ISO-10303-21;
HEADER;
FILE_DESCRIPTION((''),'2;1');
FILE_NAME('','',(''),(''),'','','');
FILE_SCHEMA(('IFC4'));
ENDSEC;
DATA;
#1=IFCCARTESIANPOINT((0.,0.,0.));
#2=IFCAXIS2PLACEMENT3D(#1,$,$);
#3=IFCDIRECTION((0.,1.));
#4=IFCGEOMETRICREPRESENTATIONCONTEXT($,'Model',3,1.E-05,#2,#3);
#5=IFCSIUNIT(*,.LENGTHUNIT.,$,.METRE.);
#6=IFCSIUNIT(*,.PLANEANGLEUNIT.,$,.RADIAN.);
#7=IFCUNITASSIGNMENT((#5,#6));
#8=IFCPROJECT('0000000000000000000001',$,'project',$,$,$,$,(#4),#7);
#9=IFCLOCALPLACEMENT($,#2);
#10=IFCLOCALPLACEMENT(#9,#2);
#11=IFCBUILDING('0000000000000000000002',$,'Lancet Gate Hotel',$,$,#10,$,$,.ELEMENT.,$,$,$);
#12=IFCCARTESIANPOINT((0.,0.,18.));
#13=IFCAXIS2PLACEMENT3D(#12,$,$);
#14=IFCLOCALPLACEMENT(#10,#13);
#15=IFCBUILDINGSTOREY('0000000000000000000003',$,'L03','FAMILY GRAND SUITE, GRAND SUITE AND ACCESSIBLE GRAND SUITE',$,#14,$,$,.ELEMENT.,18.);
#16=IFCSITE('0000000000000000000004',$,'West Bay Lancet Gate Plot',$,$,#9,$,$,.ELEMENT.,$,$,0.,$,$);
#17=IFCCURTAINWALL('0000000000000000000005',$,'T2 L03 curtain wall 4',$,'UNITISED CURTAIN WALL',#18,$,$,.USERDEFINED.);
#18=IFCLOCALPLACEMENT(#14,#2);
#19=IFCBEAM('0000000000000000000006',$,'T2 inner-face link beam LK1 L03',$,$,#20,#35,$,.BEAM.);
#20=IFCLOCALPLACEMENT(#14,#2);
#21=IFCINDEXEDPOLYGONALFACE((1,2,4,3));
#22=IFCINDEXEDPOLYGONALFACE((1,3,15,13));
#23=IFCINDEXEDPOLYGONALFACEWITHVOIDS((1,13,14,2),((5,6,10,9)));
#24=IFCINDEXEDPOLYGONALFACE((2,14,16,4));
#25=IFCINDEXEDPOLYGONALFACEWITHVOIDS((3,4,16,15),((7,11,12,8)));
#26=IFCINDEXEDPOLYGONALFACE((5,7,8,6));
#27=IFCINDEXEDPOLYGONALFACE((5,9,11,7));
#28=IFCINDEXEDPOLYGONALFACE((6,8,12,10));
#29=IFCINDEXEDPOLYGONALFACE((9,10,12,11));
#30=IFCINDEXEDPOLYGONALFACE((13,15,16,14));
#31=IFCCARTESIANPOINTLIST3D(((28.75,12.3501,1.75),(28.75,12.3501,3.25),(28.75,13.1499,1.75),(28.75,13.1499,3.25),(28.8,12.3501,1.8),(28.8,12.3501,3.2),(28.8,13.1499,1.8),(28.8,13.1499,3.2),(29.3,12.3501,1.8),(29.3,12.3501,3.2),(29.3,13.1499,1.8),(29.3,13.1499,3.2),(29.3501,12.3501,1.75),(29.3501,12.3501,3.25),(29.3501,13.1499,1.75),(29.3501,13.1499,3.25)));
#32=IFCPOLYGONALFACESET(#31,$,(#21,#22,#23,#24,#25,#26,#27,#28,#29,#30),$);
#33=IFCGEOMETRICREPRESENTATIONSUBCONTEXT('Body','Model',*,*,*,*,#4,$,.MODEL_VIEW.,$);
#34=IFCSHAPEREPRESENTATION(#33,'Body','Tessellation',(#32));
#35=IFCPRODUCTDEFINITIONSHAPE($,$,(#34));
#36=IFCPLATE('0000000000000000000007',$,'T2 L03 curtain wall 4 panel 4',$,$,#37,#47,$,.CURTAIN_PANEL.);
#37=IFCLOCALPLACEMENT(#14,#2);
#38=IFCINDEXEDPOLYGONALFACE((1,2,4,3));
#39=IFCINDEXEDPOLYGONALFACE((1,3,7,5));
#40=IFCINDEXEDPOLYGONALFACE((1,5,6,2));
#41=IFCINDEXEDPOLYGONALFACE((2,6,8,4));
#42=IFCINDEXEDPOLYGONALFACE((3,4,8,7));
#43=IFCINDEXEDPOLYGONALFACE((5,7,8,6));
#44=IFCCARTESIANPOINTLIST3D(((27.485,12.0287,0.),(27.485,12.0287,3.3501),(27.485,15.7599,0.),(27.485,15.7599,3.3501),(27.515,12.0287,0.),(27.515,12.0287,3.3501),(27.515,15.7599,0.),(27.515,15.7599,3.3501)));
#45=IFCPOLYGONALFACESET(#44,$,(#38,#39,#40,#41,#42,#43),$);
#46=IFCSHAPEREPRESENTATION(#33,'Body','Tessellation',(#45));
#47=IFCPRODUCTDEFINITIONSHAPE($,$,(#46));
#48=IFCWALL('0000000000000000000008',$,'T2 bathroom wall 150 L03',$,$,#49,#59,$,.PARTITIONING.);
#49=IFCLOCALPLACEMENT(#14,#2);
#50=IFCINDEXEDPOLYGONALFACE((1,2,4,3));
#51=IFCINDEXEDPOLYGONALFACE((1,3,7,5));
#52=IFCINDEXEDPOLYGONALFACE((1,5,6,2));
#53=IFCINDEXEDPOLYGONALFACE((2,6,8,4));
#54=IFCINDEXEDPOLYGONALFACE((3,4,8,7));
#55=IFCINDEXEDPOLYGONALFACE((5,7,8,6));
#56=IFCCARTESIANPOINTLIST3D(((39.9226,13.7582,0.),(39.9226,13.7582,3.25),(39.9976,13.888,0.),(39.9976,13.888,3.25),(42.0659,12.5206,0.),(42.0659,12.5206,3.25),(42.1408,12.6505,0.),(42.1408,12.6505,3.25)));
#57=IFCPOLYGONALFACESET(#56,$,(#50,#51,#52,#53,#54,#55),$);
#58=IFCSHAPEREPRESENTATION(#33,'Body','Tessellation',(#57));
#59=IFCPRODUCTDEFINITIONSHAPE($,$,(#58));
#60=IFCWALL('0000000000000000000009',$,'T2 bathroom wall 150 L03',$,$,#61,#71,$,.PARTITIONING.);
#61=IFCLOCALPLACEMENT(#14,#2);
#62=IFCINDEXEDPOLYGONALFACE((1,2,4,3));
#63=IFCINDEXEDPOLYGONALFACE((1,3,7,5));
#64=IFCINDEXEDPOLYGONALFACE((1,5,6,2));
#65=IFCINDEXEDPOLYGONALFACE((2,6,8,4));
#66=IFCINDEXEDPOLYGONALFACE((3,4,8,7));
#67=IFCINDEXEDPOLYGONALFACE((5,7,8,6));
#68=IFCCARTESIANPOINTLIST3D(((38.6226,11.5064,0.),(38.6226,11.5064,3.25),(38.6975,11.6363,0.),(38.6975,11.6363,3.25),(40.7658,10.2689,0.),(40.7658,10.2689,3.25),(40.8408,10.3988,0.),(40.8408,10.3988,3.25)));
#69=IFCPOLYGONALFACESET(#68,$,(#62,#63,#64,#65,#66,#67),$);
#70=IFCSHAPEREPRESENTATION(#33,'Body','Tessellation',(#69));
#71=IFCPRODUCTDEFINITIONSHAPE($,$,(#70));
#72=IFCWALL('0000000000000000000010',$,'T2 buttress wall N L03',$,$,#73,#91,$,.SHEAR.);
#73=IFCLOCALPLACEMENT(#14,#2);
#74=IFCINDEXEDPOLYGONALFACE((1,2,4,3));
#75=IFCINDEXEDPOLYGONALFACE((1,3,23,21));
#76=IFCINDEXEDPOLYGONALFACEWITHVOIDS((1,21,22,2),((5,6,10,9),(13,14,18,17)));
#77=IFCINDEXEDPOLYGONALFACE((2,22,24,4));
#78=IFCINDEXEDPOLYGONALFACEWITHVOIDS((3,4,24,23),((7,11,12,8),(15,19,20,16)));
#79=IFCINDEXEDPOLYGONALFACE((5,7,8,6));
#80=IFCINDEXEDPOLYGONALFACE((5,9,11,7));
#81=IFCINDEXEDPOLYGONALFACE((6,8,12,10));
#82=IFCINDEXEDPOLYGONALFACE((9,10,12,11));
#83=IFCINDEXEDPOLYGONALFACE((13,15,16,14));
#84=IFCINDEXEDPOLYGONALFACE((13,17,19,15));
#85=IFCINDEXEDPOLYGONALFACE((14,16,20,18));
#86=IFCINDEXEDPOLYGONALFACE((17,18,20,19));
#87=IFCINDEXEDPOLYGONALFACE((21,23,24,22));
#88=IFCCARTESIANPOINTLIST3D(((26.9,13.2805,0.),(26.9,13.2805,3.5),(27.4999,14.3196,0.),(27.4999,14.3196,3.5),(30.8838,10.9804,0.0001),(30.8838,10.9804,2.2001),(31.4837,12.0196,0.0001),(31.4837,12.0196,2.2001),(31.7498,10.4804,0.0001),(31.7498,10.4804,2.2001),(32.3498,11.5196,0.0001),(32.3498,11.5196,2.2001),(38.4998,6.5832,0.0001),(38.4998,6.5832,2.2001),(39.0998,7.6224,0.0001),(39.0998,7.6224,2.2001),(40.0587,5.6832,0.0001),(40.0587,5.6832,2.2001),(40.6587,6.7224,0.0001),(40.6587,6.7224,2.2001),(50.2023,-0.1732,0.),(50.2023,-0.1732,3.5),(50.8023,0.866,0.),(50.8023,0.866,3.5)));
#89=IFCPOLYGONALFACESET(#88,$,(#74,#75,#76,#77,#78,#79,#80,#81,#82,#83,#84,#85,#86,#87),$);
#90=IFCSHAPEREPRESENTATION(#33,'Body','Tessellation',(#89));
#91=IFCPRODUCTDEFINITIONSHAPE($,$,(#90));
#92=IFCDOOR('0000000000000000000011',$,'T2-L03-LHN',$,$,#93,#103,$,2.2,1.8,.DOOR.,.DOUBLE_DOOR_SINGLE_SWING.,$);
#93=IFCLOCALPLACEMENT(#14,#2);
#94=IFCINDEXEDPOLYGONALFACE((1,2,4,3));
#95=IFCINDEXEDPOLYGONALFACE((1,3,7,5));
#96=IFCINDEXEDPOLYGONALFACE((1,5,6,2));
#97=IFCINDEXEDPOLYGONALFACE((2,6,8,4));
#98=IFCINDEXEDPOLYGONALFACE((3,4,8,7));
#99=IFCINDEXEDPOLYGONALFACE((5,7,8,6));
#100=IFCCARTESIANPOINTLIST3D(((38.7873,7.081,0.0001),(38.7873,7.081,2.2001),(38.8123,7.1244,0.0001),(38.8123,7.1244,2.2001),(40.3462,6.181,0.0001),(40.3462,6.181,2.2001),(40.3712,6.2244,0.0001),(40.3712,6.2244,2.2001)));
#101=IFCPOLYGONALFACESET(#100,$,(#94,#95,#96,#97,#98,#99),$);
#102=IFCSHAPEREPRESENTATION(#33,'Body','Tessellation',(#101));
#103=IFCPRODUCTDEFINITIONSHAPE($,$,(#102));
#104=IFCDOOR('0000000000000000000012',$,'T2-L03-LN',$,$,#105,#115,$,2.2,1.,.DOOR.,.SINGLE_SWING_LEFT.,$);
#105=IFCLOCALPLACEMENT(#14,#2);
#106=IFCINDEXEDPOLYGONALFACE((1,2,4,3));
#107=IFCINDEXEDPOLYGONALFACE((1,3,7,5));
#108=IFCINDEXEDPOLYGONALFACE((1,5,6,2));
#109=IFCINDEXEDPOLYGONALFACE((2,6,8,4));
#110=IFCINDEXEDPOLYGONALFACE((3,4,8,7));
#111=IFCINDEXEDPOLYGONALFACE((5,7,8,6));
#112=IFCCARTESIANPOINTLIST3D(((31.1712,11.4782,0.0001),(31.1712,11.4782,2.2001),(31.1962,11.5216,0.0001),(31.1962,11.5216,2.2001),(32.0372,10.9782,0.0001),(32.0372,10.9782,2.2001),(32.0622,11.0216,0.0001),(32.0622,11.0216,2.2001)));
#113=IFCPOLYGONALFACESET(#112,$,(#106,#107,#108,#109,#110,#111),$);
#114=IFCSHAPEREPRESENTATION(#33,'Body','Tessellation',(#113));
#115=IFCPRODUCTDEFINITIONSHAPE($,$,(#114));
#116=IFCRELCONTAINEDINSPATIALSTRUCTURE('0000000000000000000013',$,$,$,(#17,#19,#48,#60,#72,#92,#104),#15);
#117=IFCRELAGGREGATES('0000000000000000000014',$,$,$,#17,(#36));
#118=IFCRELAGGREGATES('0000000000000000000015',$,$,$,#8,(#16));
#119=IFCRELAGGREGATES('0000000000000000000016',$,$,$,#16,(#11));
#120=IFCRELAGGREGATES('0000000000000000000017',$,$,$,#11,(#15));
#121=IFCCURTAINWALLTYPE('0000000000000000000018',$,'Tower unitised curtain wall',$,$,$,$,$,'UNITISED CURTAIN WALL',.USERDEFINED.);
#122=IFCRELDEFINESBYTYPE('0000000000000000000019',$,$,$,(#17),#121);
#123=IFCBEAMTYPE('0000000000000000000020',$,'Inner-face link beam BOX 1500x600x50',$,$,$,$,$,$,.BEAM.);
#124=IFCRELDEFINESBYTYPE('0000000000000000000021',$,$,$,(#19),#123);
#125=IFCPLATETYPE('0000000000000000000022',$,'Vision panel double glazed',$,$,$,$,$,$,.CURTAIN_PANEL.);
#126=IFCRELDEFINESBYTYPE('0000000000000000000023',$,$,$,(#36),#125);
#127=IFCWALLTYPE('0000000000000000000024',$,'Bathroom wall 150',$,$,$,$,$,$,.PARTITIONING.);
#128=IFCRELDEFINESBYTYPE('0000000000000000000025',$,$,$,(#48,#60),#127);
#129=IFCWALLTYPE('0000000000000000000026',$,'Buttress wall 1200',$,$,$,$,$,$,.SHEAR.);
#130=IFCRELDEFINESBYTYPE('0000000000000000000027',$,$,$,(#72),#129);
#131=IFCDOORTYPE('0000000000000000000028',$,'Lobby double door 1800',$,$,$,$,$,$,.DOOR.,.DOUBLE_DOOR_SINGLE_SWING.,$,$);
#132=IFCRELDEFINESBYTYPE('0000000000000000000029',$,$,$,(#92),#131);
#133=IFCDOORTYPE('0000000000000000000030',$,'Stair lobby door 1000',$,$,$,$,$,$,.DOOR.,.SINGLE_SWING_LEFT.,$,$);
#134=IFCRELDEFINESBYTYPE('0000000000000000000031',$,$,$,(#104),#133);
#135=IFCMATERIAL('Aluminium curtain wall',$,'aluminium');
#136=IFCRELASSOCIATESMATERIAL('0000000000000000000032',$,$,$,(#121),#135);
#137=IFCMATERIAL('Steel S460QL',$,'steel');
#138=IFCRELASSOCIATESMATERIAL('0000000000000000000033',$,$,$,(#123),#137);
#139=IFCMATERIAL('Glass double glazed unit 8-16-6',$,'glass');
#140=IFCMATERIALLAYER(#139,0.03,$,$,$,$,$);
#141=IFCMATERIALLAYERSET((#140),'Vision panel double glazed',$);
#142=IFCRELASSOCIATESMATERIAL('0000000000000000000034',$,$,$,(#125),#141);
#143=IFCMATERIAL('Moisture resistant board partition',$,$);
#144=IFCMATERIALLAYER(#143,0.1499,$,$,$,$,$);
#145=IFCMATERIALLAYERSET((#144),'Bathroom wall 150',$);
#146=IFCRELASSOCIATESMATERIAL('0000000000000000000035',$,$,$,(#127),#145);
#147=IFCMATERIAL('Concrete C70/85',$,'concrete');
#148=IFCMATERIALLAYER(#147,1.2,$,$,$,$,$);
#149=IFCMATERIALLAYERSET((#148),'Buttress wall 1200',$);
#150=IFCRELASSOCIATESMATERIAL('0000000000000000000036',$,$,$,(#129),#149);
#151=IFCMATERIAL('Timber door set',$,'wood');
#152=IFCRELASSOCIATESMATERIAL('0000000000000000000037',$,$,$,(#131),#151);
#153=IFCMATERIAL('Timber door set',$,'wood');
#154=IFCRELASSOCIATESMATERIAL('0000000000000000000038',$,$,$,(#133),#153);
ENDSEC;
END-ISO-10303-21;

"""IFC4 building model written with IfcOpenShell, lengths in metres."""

from ifc_helpers import new_model, si_unit, direction, frame, frame_2d, origin, origin_2d, place, context, subcontext, project, spatial, rectangle, hollow_rectangle, extrude, material, layer, layer_set, material_profile, profile_set, type_object, element, fill, aggregate, save


model = new_model("IFC4")

# Units and contexts
model_context = context("Model", 3, precision=1e-05, world=origin(), true_north=direction((0.0, 1.0)))
body_context = subcontext(model_context, "Body", "Model", "MODEL_VIEW")
ifc_project = project(units=[si_unit("LENGTHUNIT", "METRE"), si_unit("PLANEANGLEUNIT", "RADIAN")], contexts=[model_context])

# Site, building, storey
site_placement = place(None, origin())
site = spatial("IfcSite", under=ifc_project, at=site_placement, Name="West Bay Lancet Gate Plot", CompositionType="ELEMENT", RefElevation=0.0)
building_placement = place(site_placement, origin())
building = spatial("IfcBuilding", under=site, at=building_placement, Name="Lancet Gate Hotel", CompositionType="ELEMENT")
storey_placement = place(building_placement, frame((0.0, 0.0, 18.0)))
storey = spatial("IfcBuildingStorey", under=building, at=storey_placement, Name="L03", Description="FAMILY GRAND SUITE, GRAND SUITE AND ACCESSIBLE GRAND SUITE", CompositionType="ELEMENT", Elevation=18.0)

# Curtain wall
ifc_material_1 = material(Name="Aluminium curtain wall", Category="aluminium")
curtain_wall_type = type_object("IfcCurtainWallType", Name="Tower unitised curtain wall", ElementType="UNITISED CURTAIN WALL", PredefinedType="USERDEFINED", material=ifc_material_1)
curtain_wall_placement = place(storey_placement, origin())
curtain_wall = element("IfcCurtainWall", 1, at=curtain_wall_placement, inside=storey, type_object=curtain_wall_type, Name="T2 L03 curtain wall 4", ObjectType="UNITISED CURTAIN WALL", PredefinedType="USERDEFINED")

# Beam
ifc_material_2 = material(Name="Steel S460QL", Category="steel")
ifc_material_profile_1 = material_profile(ifc_material_2, hollow_rectangle(XDim=0.6001, YDim=1.5, WallThickness=0.05, at=origin_2d()), Name="BOX 1500x600x50")
ifc_profile_set_1 = profile_set([ifc_material_profile_1], Name="Steel S460QL")
beam_type_1 = type_object("IfcBeamType", Name="Inner-face link beam BOX 1500x600x50", PredefinedType="BEAM", material=ifc_profile_set_1)
beam_1_placement = place(storey_placement, frame((29.05, 12.3501, 2.5), z_axis=(0.0, 1.0, 0.0), x_axis=(-1.0, 0.0, 0.0)))
element("IfcBeam", 2, at=beam_1_placement, inside=storey, type_object=beam_type_1, Name="T2 inner-face link beam LK1 L03", PredefinedType="BEAM", context=body_context, shape_type="SweptSolid", body=[
    extrude(hollow_rectangle(XDim=0.6001, YDim=1.5, WallThickness=0.05, at=origin_2d()), origin(), (0.0, 0.0, 1.0), 0.7998),
])

# Plate
ifc_material_3 = material(Name="Glass double glazed unit 8-16-6", Category="glass")
ifc_layer_1 = layer(ifc_material_3, 0.03)
ifc_layer_set_1 = layer_set([ifc_layer_1], Name="Vision panel double glazed")
plate_type = type_object("IfcPlateType", Name="Vision panel double glazed", PredefinedType="CURTAIN_PANEL", material=ifc_layer_set_1)
plate_placement = place(storey_placement, frame((27.5, 13.8943, 0.0), z_axis=(0.0, 0.0, 1.0), x_axis=(0.0, -1.0, 0.0)))
plate = element("IfcPlate", 3, at=plate_placement, type_object=plate_type, Name="T2 L03 curtain wall 4 panel 4", PredefinedType="CURTAIN_PANEL", context=body_context, shape_type="SweptSolid", body=[
    extrude(rectangle(XDim=3.7312, YDim=0.03, at=origin_2d()), origin(), (0.0, 0.0, 1.0), 3.3501),
])
aggregate(curtain_wall, [plate])

# Walls
ifc_material_4 = material(Name="Moisture resistant board partition")
ifc_layer_2 = layer(ifc_material_4, 0.1499)
ifc_layer_set_2 = layer_set([ifc_layer_2], Name="Bathroom wall 150")
wall_type_1 = type_object("IfcWallType", Name="Bathroom wall 150", PredefinedType="PARTITIONING", material=ifc_layer_set_2)
for number, where, z_axis, x_axis, name in (
    (4, (39.9602, 13.823, 0.0), (0.0, 0.0, 1.0), (0.866007, -0.500033, 0.0), "T2 bathroom wall 150 L03"),
    (5, (38.6602, 11.5713, 0.0), (0.0, 0.0, 1.0), (0.866007, -0.500033, 0.0), "T2 bathroom wall 150 L03"),
):
    element("IfcWall", number, at=place(storey_placement, frame(where, z_axis=z_axis, x_axis=x_axis)), inside=storey, type_object=wall_type_1, Name=name, PredefinedType="PARTITIONING", context=body_context, shape_type="SweptSolid", body=[
        extrude(rectangle(XDim=2.4749, YDim=0.1499, at=frame_2d((1.2373, 0.0))), origin(), (0.0, 0.0, 1.0), 3.25),
    ])

# Wall, openings, doors
ifc_material_5 = material(Name="Concrete C70/85", Category="concrete")
ifc_layer_3 = layer(ifc_material_5, 1.2)
ifc_layer_set_3 = layer_set([ifc_layer_3], Name="Buttress wall 1200")
wall_type_2 = type_object("IfcWallType", Name="Buttress wall 1200", PredefinedType="SHEAR", material=ifc_layer_set_3)
wall_1_placement = place(storey_placement, frame((27.2, 13.8, 0.0), z_axis=(0.0, 0.0, 1.0), x_axis=(0.866025, -0.500002, 0.0)))
wall_1 = element("IfcWall", 6, at=wall_1_placement, inside=storey, type_object=wall_type_2, Name="T2 buttress wall N L03", PredefinedType="SHEAR", context=body_context, shape_type="SweptSolid", body=[
    extrude(rectangle(XDim=26.9072, YDim=1.2, at=frame_2d((13.4536, 0.0))), origin(), (0.0, 0.0, 1.0), 3.5),
])
opening_1_placement = place(wall_1_placement, frame((4.6001, 0.0, 0.0)))
opening_1 = element("IfcOpeningElement", 7, at=opening_1_placement, cuts=wall_1, PredefinedType="OPENING", context=body_context, shape_type="SweptSolid", body=[
    extrude(rectangle(XDim=1.0, YDim=2.2, at=frame_2d((0.5, 1.1001))), frame((0.0, 0.6099, 0.0), z_axis=(0.0, -1.0, 0.0), x_axis=(1.0, 0.0, 0.0)), (0.0, 0.0, 1.0), 1.22),
])
opening_2_placement = place(wall_1_placement, frame((13.3945, 0.0, 0.0)))
opening_2 = element("IfcOpeningElement", 8, at=opening_2_placement, cuts=wall_1, PredefinedType="OPENING", context=body_context, shape_type="SweptSolid", body=[
    extrude(rectangle(XDim=1.8, YDim=2.2, at=frame_2d((0.8999, 1.1001))), frame((0.0, 0.6099, 0.0), z_axis=(0.0, -1.0, 0.0), x_axis=(1.0, 0.0, 0.0)), (0.0, 0.0, 1.0), 1.22),
])
ifc_material_6 = material(Name="Timber door set", Category="wood")
door_type_1 = type_object("IfcDoorType", Name="Lobby double door 1800", OperationType="DOUBLE_DOOR_SINGLE_SWING", PredefinedType="DOOR", material=ifc_material_6)
door_1_placement = place(opening_2_placement, origin())
door_1 = element("IfcDoor", 9, at=door_1_placement, inside=storey, type_object=door_type_1, Name="T2-L03-LHN", OperationType="DOUBLE_DOOR_SINGLE_SWING", OverallHeight=2.2, OverallWidth=1.8, PredefinedType="DOOR", context=body_context, shape_type="SweptSolid", body=[
    extrude(rectangle(XDim=1.8, YDim=2.2, at=frame_2d((0.8999, 1.1001))), frame((0.0, 0.0249, 0.0), z_axis=(0.0, -1.0, 0.0), x_axis=(1.0, 0.0, 0.0)), (0.0, 0.0, 1.0), 0.05),
])
fill(opening_2, door_1)
ifc_material_7 = material(Name="Timber door set", Category="wood")
door_type_2 = type_object("IfcDoorType", Name="Stair lobby door 1000", OperationType="SINGLE_SWING_LEFT", PredefinedType="DOOR", material=ifc_material_7)
door_2_placement = place(opening_1_placement, origin())
door_2 = element("IfcDoor", 10, at=door_2_placement, inside=storey, type_object=door_type_2, Name="T2-L03-LN", OperationType="SINGLE_SWING_LEFT", OverallHeight=2.2, OverallWidth=1.0, PredefinedType="DOOR", context=body_context, shape_type="SweptSolid", body=[
    extrude(rectangle(XDim=1.0, YDim=2.2, at=frame_2d((0.5, 1.1001))), frame((0.0, 0.0249, 0.0), z_axis=(0.0, -1.0, 0.0), x_axis=(1.0, 0.0, 0.0)), (0.0, 0.0, 1.0), 0.05),
])
fill(opening_1, door_2)

save(model, "model.ifc")
